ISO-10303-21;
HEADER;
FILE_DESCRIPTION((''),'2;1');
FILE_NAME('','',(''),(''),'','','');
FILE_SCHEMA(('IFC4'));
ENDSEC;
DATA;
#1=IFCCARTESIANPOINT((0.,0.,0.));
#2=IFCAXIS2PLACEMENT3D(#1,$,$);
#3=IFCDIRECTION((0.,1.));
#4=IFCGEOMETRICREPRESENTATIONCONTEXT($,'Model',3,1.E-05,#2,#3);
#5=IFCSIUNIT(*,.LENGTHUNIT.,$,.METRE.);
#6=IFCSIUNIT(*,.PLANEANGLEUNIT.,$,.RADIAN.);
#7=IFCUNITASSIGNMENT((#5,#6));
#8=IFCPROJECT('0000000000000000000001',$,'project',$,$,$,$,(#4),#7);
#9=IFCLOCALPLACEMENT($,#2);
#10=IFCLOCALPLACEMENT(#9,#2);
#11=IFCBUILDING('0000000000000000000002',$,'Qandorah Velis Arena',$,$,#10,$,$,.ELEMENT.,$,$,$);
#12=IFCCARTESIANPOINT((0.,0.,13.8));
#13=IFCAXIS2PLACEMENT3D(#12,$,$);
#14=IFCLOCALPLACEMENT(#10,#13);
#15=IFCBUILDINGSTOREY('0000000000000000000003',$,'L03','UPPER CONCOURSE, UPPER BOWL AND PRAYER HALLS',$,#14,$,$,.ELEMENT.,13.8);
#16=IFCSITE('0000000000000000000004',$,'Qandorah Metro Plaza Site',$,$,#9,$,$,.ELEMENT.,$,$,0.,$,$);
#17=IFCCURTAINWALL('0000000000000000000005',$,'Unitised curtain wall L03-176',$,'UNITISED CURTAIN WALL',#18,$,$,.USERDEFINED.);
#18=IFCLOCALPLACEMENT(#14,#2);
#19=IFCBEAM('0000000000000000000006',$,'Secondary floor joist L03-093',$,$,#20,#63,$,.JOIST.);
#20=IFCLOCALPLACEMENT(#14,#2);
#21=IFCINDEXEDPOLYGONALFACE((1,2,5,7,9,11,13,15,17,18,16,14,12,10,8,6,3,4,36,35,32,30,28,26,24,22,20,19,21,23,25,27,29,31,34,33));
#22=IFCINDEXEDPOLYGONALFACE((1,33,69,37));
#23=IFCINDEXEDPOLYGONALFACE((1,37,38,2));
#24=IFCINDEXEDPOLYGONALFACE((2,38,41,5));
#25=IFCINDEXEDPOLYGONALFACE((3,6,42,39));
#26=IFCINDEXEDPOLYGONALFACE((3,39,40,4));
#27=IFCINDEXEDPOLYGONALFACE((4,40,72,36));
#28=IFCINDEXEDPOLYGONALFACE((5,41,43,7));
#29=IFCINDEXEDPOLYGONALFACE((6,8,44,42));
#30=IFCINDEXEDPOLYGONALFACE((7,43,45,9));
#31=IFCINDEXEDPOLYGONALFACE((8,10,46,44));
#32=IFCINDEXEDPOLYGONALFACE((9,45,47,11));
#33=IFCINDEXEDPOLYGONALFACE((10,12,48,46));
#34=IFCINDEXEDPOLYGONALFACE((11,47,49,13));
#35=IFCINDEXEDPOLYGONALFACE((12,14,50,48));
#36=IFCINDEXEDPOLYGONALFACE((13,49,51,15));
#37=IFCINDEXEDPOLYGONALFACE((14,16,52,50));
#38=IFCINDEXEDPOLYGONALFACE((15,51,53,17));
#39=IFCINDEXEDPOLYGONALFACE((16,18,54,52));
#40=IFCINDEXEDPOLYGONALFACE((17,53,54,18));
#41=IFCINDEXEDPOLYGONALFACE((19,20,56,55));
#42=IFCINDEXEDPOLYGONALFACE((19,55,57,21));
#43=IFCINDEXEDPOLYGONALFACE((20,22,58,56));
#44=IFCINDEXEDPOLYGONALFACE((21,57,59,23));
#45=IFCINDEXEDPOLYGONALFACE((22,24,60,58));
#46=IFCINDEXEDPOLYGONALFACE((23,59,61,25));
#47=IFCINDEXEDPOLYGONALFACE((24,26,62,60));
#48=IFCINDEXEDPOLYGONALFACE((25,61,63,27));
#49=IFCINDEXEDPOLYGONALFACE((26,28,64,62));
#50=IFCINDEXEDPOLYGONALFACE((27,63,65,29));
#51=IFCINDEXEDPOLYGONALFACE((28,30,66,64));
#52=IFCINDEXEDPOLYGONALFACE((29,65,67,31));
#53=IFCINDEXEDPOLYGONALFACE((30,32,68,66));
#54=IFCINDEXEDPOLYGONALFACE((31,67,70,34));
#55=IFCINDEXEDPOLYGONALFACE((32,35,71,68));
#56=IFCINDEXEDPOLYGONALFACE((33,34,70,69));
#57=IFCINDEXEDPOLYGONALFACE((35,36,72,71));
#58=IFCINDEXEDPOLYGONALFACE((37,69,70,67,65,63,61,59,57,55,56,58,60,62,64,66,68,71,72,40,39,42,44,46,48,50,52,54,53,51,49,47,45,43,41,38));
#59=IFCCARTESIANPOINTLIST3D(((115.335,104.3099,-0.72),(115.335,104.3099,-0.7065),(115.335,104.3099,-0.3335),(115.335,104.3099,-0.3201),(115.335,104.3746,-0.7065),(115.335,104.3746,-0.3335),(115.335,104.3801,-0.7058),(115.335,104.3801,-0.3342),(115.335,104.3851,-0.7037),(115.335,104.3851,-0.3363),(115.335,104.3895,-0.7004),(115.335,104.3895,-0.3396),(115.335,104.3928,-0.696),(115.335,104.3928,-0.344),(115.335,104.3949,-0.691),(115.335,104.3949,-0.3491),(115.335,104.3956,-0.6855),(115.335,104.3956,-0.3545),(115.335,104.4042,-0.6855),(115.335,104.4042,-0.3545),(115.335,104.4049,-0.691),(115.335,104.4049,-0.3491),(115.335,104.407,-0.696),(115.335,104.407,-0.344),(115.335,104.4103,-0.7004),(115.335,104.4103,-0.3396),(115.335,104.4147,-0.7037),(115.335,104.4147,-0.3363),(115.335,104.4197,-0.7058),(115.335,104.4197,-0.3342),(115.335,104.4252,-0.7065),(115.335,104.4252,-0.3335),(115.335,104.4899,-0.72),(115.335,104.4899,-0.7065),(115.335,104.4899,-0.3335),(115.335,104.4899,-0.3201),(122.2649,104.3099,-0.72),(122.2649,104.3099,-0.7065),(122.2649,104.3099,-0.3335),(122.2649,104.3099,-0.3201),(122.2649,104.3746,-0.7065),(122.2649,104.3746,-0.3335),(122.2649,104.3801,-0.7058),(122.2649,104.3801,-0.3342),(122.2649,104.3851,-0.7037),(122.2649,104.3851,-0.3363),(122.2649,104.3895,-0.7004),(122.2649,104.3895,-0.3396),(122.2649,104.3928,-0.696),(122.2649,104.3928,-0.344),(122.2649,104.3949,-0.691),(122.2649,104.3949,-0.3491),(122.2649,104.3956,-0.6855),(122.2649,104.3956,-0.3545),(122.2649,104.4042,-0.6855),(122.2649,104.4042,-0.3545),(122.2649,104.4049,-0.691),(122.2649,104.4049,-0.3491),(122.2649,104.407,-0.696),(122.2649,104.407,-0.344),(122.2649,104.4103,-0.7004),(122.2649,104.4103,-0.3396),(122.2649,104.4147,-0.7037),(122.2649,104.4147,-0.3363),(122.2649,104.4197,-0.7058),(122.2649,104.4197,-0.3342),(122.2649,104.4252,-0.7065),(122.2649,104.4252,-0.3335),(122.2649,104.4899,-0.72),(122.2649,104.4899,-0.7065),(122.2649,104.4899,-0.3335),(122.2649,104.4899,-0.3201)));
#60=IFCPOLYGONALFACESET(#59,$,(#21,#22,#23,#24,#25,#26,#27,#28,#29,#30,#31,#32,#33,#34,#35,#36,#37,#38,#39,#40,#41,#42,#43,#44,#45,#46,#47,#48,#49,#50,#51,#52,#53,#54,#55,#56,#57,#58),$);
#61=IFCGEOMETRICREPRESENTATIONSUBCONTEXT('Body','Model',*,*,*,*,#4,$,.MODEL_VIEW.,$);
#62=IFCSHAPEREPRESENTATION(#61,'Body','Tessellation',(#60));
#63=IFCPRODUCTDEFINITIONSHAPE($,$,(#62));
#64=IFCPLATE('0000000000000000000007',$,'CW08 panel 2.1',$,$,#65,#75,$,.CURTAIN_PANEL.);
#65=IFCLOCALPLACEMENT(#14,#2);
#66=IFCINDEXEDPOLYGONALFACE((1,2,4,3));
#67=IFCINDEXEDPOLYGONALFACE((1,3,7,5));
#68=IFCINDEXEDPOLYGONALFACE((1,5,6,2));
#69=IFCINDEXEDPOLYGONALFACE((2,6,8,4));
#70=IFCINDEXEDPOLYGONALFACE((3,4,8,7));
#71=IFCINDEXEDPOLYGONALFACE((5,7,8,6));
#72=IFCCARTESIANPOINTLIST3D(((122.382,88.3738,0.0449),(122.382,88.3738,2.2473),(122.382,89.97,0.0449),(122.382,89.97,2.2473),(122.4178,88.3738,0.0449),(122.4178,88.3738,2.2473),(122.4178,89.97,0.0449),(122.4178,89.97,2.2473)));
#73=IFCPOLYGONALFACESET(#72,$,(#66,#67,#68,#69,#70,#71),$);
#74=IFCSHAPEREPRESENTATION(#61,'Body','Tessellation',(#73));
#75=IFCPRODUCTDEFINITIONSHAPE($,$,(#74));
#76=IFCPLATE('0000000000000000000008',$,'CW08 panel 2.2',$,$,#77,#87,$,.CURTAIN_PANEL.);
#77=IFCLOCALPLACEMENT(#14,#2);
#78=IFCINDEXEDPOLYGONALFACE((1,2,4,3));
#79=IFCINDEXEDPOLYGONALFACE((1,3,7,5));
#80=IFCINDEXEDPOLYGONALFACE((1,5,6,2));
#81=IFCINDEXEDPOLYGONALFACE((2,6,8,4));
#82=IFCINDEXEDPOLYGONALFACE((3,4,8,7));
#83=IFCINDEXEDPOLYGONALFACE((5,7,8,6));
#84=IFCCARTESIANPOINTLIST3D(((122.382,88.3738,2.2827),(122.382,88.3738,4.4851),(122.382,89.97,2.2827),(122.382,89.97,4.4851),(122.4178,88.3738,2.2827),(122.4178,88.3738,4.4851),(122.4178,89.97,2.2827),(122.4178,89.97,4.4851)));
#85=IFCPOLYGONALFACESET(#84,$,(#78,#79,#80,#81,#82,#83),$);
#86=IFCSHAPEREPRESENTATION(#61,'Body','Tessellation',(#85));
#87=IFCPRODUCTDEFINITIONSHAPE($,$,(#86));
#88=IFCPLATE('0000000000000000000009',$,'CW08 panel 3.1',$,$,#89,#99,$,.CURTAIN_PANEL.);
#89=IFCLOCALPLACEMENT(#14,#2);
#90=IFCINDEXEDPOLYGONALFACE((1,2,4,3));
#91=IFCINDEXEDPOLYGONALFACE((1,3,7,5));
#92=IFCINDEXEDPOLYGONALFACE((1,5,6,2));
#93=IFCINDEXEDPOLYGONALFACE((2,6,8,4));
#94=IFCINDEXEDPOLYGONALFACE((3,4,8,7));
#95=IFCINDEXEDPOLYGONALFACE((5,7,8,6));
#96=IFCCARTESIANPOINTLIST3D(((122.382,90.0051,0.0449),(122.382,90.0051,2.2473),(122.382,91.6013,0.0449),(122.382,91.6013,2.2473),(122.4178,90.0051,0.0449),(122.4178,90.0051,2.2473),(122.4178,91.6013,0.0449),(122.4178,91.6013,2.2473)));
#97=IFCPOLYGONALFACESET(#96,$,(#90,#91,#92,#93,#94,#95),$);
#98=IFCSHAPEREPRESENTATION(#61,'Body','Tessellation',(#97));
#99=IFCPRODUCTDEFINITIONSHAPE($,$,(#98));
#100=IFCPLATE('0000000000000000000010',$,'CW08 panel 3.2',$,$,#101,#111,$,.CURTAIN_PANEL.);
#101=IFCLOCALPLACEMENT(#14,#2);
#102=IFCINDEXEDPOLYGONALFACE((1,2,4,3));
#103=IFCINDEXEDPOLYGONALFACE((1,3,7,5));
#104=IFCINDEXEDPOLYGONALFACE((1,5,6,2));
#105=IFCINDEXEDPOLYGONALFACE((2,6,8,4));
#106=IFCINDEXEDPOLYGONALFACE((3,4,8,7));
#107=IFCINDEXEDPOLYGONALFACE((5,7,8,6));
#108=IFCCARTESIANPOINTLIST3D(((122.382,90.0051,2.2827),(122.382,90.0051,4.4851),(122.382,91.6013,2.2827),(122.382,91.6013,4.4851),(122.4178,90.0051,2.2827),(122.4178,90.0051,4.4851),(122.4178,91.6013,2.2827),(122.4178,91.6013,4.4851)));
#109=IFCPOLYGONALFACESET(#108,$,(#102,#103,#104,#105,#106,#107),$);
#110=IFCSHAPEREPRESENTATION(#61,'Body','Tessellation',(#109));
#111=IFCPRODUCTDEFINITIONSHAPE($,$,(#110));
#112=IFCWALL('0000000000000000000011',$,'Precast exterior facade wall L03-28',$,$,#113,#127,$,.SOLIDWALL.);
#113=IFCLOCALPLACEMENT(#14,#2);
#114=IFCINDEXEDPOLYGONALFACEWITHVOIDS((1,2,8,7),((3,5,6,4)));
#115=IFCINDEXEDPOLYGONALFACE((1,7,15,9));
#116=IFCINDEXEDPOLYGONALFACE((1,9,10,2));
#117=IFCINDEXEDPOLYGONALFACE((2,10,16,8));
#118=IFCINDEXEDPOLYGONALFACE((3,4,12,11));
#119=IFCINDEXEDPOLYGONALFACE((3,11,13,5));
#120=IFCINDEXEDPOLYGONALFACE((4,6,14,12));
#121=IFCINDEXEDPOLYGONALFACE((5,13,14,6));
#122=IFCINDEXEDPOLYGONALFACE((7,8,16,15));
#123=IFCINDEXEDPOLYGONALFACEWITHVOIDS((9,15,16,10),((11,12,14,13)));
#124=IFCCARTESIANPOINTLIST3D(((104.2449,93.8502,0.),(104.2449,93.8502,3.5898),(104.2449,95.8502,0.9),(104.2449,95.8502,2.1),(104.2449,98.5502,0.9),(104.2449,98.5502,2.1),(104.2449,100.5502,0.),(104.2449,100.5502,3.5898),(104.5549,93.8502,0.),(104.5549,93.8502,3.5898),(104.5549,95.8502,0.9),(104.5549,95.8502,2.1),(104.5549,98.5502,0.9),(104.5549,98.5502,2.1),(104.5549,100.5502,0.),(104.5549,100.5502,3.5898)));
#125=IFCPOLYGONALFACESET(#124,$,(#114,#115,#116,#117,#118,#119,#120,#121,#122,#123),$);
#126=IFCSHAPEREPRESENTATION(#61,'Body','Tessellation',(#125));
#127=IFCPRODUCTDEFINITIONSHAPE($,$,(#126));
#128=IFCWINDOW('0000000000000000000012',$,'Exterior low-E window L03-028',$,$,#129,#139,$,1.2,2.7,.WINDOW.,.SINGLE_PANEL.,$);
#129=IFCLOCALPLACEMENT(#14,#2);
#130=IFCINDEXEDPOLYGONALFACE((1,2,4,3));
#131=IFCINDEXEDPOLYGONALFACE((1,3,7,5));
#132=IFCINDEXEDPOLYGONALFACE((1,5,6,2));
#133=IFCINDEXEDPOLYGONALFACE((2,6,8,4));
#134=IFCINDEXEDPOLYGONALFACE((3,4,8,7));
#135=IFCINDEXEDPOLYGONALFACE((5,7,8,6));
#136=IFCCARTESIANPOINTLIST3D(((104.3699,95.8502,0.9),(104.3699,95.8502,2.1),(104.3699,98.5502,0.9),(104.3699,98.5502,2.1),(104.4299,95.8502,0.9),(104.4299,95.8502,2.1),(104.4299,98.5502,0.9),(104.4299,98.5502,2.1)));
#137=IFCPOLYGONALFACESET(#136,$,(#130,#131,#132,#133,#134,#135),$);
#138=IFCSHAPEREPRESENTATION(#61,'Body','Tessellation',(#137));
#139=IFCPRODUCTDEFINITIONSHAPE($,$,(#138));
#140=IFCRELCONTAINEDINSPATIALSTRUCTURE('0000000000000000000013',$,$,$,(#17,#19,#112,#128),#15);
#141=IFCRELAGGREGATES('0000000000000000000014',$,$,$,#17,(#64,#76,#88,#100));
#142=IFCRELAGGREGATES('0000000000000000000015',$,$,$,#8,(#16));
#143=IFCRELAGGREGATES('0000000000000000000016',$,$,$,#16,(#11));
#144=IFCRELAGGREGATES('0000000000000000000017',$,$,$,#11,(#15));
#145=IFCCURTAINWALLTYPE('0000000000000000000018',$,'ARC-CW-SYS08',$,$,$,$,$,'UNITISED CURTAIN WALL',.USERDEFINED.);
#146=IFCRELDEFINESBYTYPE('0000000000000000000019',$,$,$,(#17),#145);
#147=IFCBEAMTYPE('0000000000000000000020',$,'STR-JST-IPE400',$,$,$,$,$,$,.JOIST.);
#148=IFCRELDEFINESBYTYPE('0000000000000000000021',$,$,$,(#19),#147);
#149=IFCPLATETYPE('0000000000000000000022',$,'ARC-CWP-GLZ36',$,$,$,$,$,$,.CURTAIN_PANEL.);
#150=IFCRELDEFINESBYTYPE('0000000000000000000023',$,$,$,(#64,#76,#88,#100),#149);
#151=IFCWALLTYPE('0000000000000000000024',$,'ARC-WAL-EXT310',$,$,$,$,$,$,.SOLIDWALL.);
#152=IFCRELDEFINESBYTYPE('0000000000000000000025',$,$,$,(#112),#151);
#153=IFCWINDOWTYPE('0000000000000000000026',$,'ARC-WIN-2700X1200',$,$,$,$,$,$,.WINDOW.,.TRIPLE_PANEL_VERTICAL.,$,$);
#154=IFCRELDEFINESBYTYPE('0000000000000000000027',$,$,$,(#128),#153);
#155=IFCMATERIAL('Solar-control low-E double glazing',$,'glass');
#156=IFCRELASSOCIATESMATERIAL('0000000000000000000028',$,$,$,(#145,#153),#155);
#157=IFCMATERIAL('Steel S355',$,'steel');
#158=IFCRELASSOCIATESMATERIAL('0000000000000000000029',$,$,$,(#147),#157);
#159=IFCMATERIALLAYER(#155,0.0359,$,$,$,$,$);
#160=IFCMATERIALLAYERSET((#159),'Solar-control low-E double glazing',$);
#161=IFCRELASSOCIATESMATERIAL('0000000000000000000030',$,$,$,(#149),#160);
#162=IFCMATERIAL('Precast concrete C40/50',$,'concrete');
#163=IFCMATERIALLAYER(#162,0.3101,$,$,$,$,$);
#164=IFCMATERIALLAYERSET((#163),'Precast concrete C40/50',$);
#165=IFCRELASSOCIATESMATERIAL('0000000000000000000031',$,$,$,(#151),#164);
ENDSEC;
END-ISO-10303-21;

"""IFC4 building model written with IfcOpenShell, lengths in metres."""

from ifc_helpers import new_model, si_unit, direction, frame, frame_2d, origin, origin_2d, place, context, subcontext, project, spatial, rectangle, i_section, extrude, material, layer, layer_set, material_profile, profile_set, type_object, element, fill, aggregate, save


model = new_model("IFC4")

# Units and contexts
model_context = context("Model", 3, precision=1e-05, world=origin(), true_north=direction((0.0, 1.0)))
body_context = subcontext(model_context, "Body", "Model", "MODEL_VIEW")
ifc_project = project(units=[si_unit("LENGTHUNIT", "METRE"), si_unit("PLANEANGLEUNIT", "RADIAN")], contexts=[model_context])

# Site, building, storey
site_placement = place(None, origin())
site = spatial("IfcSite", under=ifc_project, at=site_placement, Name="Qandorah Metro Plaza Site", CompositionType="ELEMENT", RefElevation=0.0)
building_placement = place(site_placement, origin())
building = spatial("IfcBuilding", under=site, at=building_placement, Name="Qandorah Velis Arena", CompositionType="ELEMENT")
storey_placement = place(building_placement, frame((0.0, 0.0, 13.8)))
storey = spatial("IfcBuildingStorey", under=building, at=storey_placement, Name="L03", Description="UPPER CONCOURSE, UPPER BOWL AND PRAYER HALLS", CompositionType="ELEMENT", Elevation=13.8)

# Curtain wall
ifc_material_1 = material(Name="Solar-control low-E double glazing", Category="glass")
curtain_wall_type = type_object("IfcCurtainWallType", Name="ARC-CW-SYS08", ElementType="UNITISED CURTAIN WALL", PredefinedType="USERDEFINED", material=ifc_material_1)
curtain_wall_placement = place(storey_placement, origin())
curtain_wall = element("IfcCurtainWall", 1, at=curtain_wall_placement, inside=storey, type_object=curtain_wall_type, Name="Unitised curtain wall L03-176", ObjectType="UNITISED CURTAIN WALL", PredefinedType="USERDEFINED")

# Beam
ifc_material_2 = material(Name="Steel S355", Category="steel")
ifc_material_profile_1 = material_profile(ifc_material_2, i_section(OverallWidth=0.1799, OverallDepth=0.3999, WebThickness=0.0085, FlangeThickness=0.0134, FilletRadius=0.021, at=origin_2d()), Name="IPE 400")
ifc_profile_set_1 = profile_set([ifc_material_profile_1], Name="Steel S355")
beam_type_1 = type_object("IfcBeamType", Name="STR-JST-IPE400", PredefinedType="JOIST", material=ifc_profile_set_1)
for number, where, z_axis, x_axis, name in (
    (2, (115.335, 104.3999, -0.52), (1.0, 0.0, 0.0), (0.0, 1.0, 0.0), "Secondary floor joist L03-093"),
):
    element("IfcBeam", number, at=place(storey_placement, frame(where, z_axis=z_axis, x_axis=x_axis)), inside=storey, type_object=beam_type_1, Name=name, PredefinedType="JOIST", context=body_context, shape_type="SweptSolid", body=[
        extrude(i_section(OverallWidth=0.1799, OverallDepth=0.3999, WebThickness=0.0085, FlangeThickness=0.0134, FilletRadius=0.021, at=origin_2d()), origin(), (0.0, 0.0, 1.0), 6.9299),
    ])

# Plates
ifc_layer_1 = layer(ifc_material_1, 0.0359)
ifc_layer_set_1 = layer_set([ifc_layer_1], Name="Solar-control low-E double glazing")
plate_type = type_object("IfcPlateType", Name="ARC-CWP-GLZ36", PredefinedType="CURTAIN_PANEL", material=ifc_layer_set_1)
plate_1_placement = place(storey_placement, frame((122.3999, 89.1719, 0.0449), z_axis=(0.0, 0.0, 1.0), x_axis=(0.0, 1.0, 0.0)))
plate_1 = element("IfcPlate", 3, at=plate_1_placement, type_object=plate_type, Name="CW08 panel 2.1", PredefinedType="CURTAIN_PANEL", context=body_context, shape_type="SweptSolid", body=[
    extrude(rectangle(XDim=1.5962, YDim=0.0359, at=origin_2d()), origin(), (0.0, 0.0, 1.0), 2.2024),
])
plate_2_placement = place(storey_placement, frame((122.3999, 89.1719, 2.2827), z_axis=(0.0, 0.0, 1.0), x_axis=(0.0, 1.0, 0.0)))
plate_2 = element("IfcPlate", 4, at=plate_2_placement, type_object=plate_type, Name="CW08 panel 2.2", PredefinedType="CURTAIN_PANEL", context=body_context, shape_type="SweptSolid", body=[
    extrude(rectangle(XDim=1.5962, YDim=0.0359, at=origin_2d()), origin(), (0.0, 0.0, 1.0), 2.2024),
])
plate_3_placement = place(storey_placement, frame((122.3999, 90.8032, 0.0449), z_axis=(0.0, 0.0, 1.0), x_axis=(0.0, 1.0, 0.0)))
plate_3 = element("IfcPlate", 5, at=plate_3_placement, type_object=plate_type, Name="CW08 panel 3.1", PredefinedType="CURTAIN_PANEL", context=body_context, shape_type="SweptSolid", body=[
    extrude(rectangle(XDim=1.5962, YDim=0.0359, at=origin_2d()), origin(), (0.0, 0.0, 1.0), 2.2024),
])
plate_4_placement = place(storey_placement, frame((122.3999, 90.8032, 2.2827), z_axis=(0.0, 0.0, 1.0), x_axis=(0.0, 1.0, 0.0)))
plate_4 = element("IfcPlate", 6, at=plate_4_placement, type_object=plate_type, Name="CW08 panel 3.2", PredefinedType="CURTAIN_PANEL", context=body_context, shape_type="SweptSolid", body=[
    extrude(rectangle(XDim=1.5962, YDim=0.0359, at=origin_2d()), origin(), (0.0, 0.0, 1.0), 2.2024),
])
aggregate(curtain_wall, [plate_1, plate_2, plate_3, plate_4])

# Wall, opening, window
ifc_material_3 = material(Name="Precast concrete C40/50", Category="concrete")
ifc_layer_2 = layer(ifc_material_3, 0.3101)
ifc_layer_set_2 = layer_set([ifc_layer_2], Name="Precast concrete C40/50")
wall_type = type_object("IfcWallType", Name="ARC-WAL-EXT310", PredefinedType="SOLIDWALL", material=ifc_layer_set_2)
wall_placement = place(storey_placement, frame((104.3999, 93.8501, 0.0), z_axis=(0.0, 0.0, 1.0), x_axis=(0.0, 1.0, 0.0)))
wall = element("IfcWall", 7, at=wall_placement, inside=storey, type_object=wall_type, Name="Precast exterior facade wall L03-28", PredefinedType="SOLIDWALL", context=body_context, shape_type="SweptSolid", body=[
    extrude(rectangle(XDim=6.7, YDim=0.3101, at=frame_2d((3.3501, 0.0))), origin(), (0.0, 0.0, 1.0), 3.5898),
])
opening_placement = place(wall_placement, frame((2.0, 0.0, 0.8999)))
opening = element("IfcOpeningElement", 8, at=opening_placement, cuts=wall, PredefinedType="OPENING", context=body_context, shape_type="SweptSolid", body=[
    extrude(rectangle(XDim=2.7, YDim=1.2, at=frame_2d((1.3501, 0.6001))), frame((0.0, 0.165, 0.0), z_axis=(0.0, -1.0, 0.0), x_axis=(1.0, 0.0, 0.0)), (0.0, 0.0, 1.0), 0.3301),
])
window_type = type_object("IfcWindowType", Name="ARC-WIN-2700X1200", PartitioningType="TRIPLE_PANEL_VERTICAL", PredefinedType="WINDOW", material=ifc_material_1)
window_placement = place(opening_placement, origin())
window = element("IfcWindow", 9, at=window_placement, inside=storey, type_object=window_type, Name="Exterior low-E window L03-028", OverallHeight=1.2, OverallWidth=2.7, PartitioningType="SINGLE_PANEL", PredefinedType="WINDOW", context=body_context, shape_type="SweptSolid", body=[
    extrude(rectangle(XDim=2.7, YDim=1.2, at=frame_2d((1.3501, 0.6001))), frame((0.0, 0.03, 0.0), z_axis=(0.0, -1.0, 0.0), x_axis=(1.0, 0.0, 0.0)), (0.0, 0.0, 1.0), 0.0601),
])
fill(opening, window)

save(model, "model.ifc")
